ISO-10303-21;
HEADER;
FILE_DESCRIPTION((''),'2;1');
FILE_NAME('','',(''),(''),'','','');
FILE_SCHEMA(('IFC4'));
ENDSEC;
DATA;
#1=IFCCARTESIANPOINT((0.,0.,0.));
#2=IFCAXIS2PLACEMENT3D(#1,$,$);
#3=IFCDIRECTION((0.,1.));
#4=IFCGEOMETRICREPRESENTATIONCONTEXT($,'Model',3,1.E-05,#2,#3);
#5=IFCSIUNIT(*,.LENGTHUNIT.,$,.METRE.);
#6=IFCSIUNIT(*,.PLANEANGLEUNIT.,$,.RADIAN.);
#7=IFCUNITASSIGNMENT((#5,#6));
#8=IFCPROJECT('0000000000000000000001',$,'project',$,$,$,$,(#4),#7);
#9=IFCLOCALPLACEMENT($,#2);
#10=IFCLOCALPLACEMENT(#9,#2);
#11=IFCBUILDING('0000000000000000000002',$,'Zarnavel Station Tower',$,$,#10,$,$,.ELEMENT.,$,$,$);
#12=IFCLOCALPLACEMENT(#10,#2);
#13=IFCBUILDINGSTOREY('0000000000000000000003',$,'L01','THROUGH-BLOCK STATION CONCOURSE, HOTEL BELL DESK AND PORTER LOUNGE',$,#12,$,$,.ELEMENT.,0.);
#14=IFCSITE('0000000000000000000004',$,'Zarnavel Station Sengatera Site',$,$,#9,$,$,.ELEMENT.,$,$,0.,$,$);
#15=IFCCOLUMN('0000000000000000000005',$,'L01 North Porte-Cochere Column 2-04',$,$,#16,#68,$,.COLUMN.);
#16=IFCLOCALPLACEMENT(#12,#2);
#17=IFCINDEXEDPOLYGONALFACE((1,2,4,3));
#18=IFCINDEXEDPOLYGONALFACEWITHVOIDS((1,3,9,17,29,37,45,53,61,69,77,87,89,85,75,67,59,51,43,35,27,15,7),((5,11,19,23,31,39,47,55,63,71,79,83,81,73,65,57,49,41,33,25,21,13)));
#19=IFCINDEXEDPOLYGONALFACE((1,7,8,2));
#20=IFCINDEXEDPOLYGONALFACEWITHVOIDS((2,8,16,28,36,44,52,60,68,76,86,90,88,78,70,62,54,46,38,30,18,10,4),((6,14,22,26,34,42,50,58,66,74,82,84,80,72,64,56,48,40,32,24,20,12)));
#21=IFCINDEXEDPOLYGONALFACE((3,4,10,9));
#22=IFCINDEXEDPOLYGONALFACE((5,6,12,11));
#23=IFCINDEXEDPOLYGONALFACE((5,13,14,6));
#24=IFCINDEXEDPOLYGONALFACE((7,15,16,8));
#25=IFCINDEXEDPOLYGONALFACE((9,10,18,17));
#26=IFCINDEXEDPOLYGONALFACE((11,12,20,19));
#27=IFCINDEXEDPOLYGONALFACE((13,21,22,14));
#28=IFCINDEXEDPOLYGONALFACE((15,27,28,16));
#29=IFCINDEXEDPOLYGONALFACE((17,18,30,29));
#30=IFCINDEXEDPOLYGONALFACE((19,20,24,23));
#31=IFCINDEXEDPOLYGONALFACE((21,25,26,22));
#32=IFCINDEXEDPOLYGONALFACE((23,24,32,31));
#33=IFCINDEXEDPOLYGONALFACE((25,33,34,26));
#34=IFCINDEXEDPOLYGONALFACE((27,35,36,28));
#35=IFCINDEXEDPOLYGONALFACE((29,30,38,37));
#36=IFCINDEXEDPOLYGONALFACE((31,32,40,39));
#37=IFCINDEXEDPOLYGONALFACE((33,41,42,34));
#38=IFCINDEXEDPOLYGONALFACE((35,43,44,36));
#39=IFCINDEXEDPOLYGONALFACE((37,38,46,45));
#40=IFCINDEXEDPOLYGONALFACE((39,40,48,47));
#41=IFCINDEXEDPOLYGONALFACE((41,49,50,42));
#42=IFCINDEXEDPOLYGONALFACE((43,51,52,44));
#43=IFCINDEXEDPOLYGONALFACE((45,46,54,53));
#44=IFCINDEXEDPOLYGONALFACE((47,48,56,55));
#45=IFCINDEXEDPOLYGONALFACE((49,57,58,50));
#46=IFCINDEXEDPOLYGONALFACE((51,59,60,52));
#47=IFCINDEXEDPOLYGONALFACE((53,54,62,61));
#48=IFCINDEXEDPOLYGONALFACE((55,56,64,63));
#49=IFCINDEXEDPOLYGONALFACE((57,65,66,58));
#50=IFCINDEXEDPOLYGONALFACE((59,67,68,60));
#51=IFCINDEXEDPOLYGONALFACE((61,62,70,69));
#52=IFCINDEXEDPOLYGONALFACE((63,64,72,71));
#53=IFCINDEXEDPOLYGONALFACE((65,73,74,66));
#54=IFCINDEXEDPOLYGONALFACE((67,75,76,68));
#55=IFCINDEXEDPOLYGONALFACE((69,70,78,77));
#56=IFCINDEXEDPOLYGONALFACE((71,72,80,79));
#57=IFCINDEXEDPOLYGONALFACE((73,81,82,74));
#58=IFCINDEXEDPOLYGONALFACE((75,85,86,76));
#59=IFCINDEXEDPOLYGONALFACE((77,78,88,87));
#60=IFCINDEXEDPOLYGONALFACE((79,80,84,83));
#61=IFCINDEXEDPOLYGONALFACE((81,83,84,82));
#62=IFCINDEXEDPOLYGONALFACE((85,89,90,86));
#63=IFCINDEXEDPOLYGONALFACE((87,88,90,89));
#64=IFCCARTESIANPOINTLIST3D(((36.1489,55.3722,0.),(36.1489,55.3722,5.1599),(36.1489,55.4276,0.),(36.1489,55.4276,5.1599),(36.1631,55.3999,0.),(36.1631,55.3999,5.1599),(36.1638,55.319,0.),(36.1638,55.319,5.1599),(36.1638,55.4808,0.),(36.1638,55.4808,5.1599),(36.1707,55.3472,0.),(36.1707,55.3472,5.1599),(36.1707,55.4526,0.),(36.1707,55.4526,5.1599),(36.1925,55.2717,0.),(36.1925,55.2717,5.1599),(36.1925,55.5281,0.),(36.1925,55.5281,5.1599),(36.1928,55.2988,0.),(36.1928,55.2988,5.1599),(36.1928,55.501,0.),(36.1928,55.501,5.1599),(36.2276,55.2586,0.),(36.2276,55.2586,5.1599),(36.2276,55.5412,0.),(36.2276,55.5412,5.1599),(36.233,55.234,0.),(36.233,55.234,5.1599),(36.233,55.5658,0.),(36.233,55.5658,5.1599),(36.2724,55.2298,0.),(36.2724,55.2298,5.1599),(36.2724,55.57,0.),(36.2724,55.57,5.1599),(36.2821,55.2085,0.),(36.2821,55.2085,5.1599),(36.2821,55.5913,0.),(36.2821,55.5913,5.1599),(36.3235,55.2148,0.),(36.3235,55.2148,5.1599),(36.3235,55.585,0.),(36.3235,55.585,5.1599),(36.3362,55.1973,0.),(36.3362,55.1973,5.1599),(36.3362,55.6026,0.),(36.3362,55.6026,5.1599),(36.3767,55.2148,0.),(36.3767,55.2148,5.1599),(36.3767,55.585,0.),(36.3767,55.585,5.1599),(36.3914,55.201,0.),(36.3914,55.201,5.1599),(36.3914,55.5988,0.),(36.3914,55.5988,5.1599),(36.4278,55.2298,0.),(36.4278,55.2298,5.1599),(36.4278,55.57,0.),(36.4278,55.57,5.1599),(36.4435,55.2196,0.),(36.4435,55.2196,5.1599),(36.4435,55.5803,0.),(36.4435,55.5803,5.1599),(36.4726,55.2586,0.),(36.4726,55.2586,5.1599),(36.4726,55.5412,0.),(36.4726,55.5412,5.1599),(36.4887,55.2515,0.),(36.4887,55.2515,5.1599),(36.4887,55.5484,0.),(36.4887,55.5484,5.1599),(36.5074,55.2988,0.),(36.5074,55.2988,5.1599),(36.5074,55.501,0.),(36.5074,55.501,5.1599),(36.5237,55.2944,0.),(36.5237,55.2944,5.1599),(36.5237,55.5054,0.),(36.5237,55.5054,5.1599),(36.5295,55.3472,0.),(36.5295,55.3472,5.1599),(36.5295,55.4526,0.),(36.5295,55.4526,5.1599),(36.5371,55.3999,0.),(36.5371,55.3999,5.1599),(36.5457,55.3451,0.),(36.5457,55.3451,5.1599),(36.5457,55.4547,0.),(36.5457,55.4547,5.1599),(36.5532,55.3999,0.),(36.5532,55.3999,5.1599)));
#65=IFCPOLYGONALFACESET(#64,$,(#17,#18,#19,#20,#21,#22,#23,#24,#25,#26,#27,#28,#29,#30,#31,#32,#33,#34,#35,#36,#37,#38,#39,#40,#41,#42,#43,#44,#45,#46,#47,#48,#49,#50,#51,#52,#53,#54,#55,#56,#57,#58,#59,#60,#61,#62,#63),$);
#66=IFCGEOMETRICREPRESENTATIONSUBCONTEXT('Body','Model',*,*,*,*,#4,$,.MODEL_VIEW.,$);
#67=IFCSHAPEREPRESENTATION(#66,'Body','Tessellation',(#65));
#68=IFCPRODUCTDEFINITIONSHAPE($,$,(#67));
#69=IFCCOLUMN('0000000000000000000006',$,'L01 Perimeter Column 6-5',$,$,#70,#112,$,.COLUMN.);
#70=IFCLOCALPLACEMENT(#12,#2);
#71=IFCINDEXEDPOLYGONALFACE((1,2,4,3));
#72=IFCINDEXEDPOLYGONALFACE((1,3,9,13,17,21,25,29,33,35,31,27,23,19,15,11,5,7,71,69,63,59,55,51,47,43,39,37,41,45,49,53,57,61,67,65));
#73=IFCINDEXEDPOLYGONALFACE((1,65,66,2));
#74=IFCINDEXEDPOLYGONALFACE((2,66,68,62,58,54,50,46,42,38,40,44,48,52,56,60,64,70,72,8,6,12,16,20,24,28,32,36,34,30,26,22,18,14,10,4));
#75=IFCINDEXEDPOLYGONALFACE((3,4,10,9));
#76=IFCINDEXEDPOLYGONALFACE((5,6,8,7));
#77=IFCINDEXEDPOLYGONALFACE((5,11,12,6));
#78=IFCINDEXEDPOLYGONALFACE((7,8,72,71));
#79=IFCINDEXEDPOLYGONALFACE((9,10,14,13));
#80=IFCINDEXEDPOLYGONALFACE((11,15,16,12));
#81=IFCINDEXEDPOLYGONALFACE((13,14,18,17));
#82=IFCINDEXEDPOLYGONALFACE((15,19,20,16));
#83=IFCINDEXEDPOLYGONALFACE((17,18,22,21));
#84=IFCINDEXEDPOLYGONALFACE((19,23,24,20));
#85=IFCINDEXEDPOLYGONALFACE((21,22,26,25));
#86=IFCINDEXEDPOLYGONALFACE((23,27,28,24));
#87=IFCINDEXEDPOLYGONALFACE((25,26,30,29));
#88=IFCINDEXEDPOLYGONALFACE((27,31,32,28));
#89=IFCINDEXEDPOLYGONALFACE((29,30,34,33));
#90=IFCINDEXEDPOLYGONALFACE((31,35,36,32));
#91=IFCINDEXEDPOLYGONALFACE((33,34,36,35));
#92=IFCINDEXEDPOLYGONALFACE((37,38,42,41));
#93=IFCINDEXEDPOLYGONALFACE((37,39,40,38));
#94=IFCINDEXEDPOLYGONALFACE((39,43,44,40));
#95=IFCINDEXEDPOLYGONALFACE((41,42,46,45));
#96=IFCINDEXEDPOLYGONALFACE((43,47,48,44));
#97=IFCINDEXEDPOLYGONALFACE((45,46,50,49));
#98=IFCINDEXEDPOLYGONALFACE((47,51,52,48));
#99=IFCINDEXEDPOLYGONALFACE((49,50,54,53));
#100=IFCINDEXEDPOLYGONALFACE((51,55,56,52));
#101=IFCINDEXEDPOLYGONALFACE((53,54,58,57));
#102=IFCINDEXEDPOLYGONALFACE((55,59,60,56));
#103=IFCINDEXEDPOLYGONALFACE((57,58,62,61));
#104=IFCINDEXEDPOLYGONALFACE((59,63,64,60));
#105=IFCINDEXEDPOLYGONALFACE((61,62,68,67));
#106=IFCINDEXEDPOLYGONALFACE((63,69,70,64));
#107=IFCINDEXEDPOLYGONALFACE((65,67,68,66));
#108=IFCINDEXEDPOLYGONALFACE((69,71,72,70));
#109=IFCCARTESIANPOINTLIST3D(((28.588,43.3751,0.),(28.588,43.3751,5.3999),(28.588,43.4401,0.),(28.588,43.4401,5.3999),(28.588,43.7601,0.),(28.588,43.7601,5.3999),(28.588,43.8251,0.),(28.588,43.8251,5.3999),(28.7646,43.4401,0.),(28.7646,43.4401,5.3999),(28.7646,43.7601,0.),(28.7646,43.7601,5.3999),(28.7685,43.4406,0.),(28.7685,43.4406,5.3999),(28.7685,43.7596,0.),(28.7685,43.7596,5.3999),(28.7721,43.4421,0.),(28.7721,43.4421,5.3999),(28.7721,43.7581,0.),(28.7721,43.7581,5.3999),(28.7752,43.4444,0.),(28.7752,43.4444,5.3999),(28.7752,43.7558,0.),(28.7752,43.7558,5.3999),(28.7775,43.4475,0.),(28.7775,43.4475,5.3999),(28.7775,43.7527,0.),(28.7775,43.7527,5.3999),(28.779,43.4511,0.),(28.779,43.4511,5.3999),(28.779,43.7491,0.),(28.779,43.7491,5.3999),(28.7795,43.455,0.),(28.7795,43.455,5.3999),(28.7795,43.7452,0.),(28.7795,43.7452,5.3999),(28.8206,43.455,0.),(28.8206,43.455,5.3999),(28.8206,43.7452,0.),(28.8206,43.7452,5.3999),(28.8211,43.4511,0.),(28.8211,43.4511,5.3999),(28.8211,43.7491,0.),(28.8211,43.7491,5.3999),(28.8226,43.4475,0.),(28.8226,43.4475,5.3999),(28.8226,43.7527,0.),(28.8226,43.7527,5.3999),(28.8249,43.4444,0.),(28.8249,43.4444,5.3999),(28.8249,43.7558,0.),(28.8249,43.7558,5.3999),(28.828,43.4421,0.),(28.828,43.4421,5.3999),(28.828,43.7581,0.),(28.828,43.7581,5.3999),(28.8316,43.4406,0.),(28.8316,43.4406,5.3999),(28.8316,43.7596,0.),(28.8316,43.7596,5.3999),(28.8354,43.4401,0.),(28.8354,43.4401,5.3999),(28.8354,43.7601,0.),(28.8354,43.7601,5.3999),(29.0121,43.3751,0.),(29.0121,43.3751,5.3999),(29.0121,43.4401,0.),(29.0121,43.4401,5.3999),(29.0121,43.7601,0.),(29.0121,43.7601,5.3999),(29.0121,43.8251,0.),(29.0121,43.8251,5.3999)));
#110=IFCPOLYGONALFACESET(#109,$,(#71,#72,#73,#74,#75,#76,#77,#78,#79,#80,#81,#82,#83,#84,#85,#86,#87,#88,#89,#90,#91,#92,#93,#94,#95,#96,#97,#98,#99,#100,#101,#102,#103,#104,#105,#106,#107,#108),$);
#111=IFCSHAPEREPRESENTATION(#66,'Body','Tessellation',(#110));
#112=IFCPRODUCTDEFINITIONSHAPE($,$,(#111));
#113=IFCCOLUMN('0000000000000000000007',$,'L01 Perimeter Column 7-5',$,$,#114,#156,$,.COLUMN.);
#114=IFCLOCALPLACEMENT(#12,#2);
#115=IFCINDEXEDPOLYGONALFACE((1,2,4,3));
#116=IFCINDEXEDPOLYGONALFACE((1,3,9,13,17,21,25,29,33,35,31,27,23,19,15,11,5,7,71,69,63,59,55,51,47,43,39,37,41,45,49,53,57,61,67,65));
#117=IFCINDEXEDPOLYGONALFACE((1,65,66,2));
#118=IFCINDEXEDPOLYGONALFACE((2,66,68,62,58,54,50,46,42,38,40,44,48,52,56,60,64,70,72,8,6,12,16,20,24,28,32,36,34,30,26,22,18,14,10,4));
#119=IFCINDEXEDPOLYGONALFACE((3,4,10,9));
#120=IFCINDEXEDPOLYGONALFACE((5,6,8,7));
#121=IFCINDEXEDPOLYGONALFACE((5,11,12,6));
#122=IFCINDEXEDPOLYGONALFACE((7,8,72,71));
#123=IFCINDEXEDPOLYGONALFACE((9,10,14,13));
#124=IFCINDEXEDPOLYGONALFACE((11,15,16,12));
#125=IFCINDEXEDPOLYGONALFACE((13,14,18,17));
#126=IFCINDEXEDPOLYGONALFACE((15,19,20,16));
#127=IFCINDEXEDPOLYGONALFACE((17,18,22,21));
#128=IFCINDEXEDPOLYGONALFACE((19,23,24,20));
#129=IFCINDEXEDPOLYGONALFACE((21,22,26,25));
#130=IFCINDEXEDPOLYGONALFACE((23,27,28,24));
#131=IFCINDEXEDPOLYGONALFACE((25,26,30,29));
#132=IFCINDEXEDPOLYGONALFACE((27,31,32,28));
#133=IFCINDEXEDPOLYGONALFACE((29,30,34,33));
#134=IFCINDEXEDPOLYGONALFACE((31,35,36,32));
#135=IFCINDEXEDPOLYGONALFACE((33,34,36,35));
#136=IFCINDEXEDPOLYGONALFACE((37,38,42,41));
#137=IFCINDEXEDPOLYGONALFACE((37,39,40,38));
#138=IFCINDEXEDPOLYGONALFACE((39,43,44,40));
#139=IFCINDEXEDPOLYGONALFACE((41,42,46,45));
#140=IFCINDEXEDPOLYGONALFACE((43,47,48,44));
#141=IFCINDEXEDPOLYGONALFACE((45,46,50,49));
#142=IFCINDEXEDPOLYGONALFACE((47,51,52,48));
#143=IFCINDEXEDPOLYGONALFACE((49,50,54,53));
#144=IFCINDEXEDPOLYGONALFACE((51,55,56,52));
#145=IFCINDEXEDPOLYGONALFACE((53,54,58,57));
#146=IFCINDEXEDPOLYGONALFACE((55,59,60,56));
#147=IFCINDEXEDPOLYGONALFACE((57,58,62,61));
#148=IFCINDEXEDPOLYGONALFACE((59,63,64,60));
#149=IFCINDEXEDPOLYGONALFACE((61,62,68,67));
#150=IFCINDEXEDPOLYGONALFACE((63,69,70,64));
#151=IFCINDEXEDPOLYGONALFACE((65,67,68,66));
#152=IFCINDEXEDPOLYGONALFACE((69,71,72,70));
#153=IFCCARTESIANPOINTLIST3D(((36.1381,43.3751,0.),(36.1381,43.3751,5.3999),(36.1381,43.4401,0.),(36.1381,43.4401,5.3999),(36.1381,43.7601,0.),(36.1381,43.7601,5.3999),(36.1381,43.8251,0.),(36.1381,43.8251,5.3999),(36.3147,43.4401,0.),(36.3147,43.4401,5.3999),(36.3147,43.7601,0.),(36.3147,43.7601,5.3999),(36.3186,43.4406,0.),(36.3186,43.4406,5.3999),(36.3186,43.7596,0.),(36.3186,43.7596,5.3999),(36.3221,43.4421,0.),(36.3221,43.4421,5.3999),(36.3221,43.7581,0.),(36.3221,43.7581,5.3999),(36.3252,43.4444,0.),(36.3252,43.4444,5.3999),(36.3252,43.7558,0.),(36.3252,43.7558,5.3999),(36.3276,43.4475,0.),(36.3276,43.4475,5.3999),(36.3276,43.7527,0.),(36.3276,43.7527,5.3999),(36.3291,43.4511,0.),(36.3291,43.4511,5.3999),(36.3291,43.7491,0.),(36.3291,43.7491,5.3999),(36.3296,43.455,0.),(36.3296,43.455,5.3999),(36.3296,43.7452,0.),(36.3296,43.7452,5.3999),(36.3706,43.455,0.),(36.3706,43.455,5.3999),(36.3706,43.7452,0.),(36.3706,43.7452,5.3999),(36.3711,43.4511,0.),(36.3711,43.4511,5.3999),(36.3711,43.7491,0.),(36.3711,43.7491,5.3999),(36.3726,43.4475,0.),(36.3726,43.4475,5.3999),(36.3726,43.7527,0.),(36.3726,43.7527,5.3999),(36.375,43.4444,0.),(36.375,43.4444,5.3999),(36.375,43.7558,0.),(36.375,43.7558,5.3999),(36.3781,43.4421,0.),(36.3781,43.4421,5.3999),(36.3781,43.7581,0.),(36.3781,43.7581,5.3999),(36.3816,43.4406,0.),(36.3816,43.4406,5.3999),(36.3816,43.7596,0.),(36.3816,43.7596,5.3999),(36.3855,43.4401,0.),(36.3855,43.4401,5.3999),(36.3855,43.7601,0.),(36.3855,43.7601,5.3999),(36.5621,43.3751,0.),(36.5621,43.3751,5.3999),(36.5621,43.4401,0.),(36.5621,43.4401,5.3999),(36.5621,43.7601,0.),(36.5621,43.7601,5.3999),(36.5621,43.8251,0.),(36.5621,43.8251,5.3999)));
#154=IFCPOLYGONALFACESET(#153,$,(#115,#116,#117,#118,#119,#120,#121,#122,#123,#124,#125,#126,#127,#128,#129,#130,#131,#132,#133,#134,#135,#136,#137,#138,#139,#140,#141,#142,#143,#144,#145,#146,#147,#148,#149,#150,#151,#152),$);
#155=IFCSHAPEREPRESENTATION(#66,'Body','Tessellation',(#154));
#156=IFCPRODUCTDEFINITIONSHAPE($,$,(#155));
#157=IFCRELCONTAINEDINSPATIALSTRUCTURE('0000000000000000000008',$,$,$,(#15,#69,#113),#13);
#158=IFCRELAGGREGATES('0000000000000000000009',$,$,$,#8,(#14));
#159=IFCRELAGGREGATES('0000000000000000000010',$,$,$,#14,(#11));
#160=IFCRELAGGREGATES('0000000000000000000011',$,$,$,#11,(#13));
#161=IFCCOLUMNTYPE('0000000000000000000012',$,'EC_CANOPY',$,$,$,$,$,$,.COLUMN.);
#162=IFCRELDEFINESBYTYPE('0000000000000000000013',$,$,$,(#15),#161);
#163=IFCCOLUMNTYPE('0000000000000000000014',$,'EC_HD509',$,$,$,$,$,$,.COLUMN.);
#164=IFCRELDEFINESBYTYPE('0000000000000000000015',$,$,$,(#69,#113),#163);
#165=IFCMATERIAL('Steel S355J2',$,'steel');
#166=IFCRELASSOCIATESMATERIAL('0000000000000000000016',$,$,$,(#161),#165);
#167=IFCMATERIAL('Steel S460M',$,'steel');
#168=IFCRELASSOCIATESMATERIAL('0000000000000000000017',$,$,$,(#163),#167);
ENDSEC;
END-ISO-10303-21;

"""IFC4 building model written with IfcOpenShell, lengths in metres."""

from ifc_helpers import new_model, si_unit, direction, frame, origin, origin_2d, place, context, subcontext, project, spatial, hollow_circle, i_section, extrude, material, material_profile, profile_set, type_object, element, save


model = new_model("IFC4")

# Units and contexts
model_context = context("Model", 3, precision=1e-05, world=origin(), true_north=direction((0.0, 1.0)))
body_context = subcontext(model_context, "Body", "Model", "MODEL_VIEW")
ifc_project = project(units=[si_unit("LENGTHUNIT", "METRE"), si_unit("PLANEANGLEUNIT", "RADIAN")], contexts=[model_context])

# Site, building, storey
site_placement = place(None, origin())
site = spatial("IfcSite", under=ifc_project, at=site_placement, Name="Zarnavel Station Sengatera Site", CompositionType="ELEMENT", RefElevation=0.0)
building_placement = place(site_placement, origin())
building = spatial("IfcBuilding", under=site, at=building_placement, Name="Zarnavel Station Tower", CompositionType="ELEMENT")
storey_placement = place(building_placement, origin())
storey = spatial("IfcBuildingStorey", under=building, at=storey_placement, Name="L01", Description="THROUGH-BLOCK STATION CONCOURSE, HOTEL BELL DESK AND PORTER LOUNGE", CompositionType="ELEMENT", Elevation=0.0)

# Columns
ifc_material_1 = material(Name="Steel S355J2", Category="steel")
ifc_material_profile_1 = material_profile(ifc_material_1, hollow_circle(Radius=0.2031, WallThickness=0.0161, at=origin_2d()), Name="CHS406.4x16")
ifc_profile_set_1 = profile_set([ifc_material_profile_1], Name="Steel S355J2")
column_type_1 = type_object("IfcColumnType", Name="EC_CANOPY", PredefinedType="COLUMN", material=ifc_profile_set_1)
for number, where, z_axis, x_axis, name in (
    (1, (36.3501, 55.3999, 0.0), (0.0, 0.0, 1.0), (1.0, 0.0, 0.0), "L01 North Porte-Cochere Column 2-04"),
):
    element("IfcColumn", number, at=place(storey_placement, frame(where, z_axis=z_axis, x_axis=x_axis)), inside=storey, type_object=column_type_1, Name=name, PredefinedType="COLUMN", context=body_context, shape_type="SweptSolid", body=[
        extrude(hollow_circle(Radius=0.2031, WallThickness=0.0161, at=origin_2d()), origin(), (0.0, 0.0, 1.0), 5.1599),
    ])
ifc_material_2 = material(Name="Steel S460M", Category="steel")
ifc_material_profile_2 = material_profile(ifc_material_2, i_section(OverallWidth=0.4241, OverallDepth=0.45, WebThickness=0.041, FlangeThickness=0.0649, FilletRadius=0.0149, at=origin_2d()), Name="HD400x509")
ifc_profile_set_2 = profile_set([ifc_material_profile_2], Name="Steel S460M")
column_type_2 = type_object("IfcColumnType", Name="EC_HD509", PredefinedType="COLUMN", material=ifc_profile_set_2)
for number, where, z_axis, x_axis, name in (
    (2, (28.8, 43.6001, 0.0), (0.0, 0.0, 1.0), (1.0, 0.0, 0.0), "L01 Perimeter Column 6-5"),
    (3, (36.3501, 43.6001, 0.0), (0.0, 0.0, 1.0), (1.0, 0.0, 0.0), "L01 Perimeter Column 7-5"),
):
    element("IfcColumn", number, at=place(storey_placement, frame(where, z_axis=z_axis, x_axis=x_axis)), inside=storey, type_object=column_type_2, Name=name, PredefinedType="COLUMN", context=body_context, shape_type="SweptSolid", body=[
        extrude(i_section(OverallWidth=0.4241, OverallDepth=0.45, WebThickness=0.041, FlangeThickness=0.0649, FilletRadius=0.0149, at=origin_2d()), origin(), (0.0, 0.0, 1.0), 5.3999),
    ])

save(model, "model.ifc")
